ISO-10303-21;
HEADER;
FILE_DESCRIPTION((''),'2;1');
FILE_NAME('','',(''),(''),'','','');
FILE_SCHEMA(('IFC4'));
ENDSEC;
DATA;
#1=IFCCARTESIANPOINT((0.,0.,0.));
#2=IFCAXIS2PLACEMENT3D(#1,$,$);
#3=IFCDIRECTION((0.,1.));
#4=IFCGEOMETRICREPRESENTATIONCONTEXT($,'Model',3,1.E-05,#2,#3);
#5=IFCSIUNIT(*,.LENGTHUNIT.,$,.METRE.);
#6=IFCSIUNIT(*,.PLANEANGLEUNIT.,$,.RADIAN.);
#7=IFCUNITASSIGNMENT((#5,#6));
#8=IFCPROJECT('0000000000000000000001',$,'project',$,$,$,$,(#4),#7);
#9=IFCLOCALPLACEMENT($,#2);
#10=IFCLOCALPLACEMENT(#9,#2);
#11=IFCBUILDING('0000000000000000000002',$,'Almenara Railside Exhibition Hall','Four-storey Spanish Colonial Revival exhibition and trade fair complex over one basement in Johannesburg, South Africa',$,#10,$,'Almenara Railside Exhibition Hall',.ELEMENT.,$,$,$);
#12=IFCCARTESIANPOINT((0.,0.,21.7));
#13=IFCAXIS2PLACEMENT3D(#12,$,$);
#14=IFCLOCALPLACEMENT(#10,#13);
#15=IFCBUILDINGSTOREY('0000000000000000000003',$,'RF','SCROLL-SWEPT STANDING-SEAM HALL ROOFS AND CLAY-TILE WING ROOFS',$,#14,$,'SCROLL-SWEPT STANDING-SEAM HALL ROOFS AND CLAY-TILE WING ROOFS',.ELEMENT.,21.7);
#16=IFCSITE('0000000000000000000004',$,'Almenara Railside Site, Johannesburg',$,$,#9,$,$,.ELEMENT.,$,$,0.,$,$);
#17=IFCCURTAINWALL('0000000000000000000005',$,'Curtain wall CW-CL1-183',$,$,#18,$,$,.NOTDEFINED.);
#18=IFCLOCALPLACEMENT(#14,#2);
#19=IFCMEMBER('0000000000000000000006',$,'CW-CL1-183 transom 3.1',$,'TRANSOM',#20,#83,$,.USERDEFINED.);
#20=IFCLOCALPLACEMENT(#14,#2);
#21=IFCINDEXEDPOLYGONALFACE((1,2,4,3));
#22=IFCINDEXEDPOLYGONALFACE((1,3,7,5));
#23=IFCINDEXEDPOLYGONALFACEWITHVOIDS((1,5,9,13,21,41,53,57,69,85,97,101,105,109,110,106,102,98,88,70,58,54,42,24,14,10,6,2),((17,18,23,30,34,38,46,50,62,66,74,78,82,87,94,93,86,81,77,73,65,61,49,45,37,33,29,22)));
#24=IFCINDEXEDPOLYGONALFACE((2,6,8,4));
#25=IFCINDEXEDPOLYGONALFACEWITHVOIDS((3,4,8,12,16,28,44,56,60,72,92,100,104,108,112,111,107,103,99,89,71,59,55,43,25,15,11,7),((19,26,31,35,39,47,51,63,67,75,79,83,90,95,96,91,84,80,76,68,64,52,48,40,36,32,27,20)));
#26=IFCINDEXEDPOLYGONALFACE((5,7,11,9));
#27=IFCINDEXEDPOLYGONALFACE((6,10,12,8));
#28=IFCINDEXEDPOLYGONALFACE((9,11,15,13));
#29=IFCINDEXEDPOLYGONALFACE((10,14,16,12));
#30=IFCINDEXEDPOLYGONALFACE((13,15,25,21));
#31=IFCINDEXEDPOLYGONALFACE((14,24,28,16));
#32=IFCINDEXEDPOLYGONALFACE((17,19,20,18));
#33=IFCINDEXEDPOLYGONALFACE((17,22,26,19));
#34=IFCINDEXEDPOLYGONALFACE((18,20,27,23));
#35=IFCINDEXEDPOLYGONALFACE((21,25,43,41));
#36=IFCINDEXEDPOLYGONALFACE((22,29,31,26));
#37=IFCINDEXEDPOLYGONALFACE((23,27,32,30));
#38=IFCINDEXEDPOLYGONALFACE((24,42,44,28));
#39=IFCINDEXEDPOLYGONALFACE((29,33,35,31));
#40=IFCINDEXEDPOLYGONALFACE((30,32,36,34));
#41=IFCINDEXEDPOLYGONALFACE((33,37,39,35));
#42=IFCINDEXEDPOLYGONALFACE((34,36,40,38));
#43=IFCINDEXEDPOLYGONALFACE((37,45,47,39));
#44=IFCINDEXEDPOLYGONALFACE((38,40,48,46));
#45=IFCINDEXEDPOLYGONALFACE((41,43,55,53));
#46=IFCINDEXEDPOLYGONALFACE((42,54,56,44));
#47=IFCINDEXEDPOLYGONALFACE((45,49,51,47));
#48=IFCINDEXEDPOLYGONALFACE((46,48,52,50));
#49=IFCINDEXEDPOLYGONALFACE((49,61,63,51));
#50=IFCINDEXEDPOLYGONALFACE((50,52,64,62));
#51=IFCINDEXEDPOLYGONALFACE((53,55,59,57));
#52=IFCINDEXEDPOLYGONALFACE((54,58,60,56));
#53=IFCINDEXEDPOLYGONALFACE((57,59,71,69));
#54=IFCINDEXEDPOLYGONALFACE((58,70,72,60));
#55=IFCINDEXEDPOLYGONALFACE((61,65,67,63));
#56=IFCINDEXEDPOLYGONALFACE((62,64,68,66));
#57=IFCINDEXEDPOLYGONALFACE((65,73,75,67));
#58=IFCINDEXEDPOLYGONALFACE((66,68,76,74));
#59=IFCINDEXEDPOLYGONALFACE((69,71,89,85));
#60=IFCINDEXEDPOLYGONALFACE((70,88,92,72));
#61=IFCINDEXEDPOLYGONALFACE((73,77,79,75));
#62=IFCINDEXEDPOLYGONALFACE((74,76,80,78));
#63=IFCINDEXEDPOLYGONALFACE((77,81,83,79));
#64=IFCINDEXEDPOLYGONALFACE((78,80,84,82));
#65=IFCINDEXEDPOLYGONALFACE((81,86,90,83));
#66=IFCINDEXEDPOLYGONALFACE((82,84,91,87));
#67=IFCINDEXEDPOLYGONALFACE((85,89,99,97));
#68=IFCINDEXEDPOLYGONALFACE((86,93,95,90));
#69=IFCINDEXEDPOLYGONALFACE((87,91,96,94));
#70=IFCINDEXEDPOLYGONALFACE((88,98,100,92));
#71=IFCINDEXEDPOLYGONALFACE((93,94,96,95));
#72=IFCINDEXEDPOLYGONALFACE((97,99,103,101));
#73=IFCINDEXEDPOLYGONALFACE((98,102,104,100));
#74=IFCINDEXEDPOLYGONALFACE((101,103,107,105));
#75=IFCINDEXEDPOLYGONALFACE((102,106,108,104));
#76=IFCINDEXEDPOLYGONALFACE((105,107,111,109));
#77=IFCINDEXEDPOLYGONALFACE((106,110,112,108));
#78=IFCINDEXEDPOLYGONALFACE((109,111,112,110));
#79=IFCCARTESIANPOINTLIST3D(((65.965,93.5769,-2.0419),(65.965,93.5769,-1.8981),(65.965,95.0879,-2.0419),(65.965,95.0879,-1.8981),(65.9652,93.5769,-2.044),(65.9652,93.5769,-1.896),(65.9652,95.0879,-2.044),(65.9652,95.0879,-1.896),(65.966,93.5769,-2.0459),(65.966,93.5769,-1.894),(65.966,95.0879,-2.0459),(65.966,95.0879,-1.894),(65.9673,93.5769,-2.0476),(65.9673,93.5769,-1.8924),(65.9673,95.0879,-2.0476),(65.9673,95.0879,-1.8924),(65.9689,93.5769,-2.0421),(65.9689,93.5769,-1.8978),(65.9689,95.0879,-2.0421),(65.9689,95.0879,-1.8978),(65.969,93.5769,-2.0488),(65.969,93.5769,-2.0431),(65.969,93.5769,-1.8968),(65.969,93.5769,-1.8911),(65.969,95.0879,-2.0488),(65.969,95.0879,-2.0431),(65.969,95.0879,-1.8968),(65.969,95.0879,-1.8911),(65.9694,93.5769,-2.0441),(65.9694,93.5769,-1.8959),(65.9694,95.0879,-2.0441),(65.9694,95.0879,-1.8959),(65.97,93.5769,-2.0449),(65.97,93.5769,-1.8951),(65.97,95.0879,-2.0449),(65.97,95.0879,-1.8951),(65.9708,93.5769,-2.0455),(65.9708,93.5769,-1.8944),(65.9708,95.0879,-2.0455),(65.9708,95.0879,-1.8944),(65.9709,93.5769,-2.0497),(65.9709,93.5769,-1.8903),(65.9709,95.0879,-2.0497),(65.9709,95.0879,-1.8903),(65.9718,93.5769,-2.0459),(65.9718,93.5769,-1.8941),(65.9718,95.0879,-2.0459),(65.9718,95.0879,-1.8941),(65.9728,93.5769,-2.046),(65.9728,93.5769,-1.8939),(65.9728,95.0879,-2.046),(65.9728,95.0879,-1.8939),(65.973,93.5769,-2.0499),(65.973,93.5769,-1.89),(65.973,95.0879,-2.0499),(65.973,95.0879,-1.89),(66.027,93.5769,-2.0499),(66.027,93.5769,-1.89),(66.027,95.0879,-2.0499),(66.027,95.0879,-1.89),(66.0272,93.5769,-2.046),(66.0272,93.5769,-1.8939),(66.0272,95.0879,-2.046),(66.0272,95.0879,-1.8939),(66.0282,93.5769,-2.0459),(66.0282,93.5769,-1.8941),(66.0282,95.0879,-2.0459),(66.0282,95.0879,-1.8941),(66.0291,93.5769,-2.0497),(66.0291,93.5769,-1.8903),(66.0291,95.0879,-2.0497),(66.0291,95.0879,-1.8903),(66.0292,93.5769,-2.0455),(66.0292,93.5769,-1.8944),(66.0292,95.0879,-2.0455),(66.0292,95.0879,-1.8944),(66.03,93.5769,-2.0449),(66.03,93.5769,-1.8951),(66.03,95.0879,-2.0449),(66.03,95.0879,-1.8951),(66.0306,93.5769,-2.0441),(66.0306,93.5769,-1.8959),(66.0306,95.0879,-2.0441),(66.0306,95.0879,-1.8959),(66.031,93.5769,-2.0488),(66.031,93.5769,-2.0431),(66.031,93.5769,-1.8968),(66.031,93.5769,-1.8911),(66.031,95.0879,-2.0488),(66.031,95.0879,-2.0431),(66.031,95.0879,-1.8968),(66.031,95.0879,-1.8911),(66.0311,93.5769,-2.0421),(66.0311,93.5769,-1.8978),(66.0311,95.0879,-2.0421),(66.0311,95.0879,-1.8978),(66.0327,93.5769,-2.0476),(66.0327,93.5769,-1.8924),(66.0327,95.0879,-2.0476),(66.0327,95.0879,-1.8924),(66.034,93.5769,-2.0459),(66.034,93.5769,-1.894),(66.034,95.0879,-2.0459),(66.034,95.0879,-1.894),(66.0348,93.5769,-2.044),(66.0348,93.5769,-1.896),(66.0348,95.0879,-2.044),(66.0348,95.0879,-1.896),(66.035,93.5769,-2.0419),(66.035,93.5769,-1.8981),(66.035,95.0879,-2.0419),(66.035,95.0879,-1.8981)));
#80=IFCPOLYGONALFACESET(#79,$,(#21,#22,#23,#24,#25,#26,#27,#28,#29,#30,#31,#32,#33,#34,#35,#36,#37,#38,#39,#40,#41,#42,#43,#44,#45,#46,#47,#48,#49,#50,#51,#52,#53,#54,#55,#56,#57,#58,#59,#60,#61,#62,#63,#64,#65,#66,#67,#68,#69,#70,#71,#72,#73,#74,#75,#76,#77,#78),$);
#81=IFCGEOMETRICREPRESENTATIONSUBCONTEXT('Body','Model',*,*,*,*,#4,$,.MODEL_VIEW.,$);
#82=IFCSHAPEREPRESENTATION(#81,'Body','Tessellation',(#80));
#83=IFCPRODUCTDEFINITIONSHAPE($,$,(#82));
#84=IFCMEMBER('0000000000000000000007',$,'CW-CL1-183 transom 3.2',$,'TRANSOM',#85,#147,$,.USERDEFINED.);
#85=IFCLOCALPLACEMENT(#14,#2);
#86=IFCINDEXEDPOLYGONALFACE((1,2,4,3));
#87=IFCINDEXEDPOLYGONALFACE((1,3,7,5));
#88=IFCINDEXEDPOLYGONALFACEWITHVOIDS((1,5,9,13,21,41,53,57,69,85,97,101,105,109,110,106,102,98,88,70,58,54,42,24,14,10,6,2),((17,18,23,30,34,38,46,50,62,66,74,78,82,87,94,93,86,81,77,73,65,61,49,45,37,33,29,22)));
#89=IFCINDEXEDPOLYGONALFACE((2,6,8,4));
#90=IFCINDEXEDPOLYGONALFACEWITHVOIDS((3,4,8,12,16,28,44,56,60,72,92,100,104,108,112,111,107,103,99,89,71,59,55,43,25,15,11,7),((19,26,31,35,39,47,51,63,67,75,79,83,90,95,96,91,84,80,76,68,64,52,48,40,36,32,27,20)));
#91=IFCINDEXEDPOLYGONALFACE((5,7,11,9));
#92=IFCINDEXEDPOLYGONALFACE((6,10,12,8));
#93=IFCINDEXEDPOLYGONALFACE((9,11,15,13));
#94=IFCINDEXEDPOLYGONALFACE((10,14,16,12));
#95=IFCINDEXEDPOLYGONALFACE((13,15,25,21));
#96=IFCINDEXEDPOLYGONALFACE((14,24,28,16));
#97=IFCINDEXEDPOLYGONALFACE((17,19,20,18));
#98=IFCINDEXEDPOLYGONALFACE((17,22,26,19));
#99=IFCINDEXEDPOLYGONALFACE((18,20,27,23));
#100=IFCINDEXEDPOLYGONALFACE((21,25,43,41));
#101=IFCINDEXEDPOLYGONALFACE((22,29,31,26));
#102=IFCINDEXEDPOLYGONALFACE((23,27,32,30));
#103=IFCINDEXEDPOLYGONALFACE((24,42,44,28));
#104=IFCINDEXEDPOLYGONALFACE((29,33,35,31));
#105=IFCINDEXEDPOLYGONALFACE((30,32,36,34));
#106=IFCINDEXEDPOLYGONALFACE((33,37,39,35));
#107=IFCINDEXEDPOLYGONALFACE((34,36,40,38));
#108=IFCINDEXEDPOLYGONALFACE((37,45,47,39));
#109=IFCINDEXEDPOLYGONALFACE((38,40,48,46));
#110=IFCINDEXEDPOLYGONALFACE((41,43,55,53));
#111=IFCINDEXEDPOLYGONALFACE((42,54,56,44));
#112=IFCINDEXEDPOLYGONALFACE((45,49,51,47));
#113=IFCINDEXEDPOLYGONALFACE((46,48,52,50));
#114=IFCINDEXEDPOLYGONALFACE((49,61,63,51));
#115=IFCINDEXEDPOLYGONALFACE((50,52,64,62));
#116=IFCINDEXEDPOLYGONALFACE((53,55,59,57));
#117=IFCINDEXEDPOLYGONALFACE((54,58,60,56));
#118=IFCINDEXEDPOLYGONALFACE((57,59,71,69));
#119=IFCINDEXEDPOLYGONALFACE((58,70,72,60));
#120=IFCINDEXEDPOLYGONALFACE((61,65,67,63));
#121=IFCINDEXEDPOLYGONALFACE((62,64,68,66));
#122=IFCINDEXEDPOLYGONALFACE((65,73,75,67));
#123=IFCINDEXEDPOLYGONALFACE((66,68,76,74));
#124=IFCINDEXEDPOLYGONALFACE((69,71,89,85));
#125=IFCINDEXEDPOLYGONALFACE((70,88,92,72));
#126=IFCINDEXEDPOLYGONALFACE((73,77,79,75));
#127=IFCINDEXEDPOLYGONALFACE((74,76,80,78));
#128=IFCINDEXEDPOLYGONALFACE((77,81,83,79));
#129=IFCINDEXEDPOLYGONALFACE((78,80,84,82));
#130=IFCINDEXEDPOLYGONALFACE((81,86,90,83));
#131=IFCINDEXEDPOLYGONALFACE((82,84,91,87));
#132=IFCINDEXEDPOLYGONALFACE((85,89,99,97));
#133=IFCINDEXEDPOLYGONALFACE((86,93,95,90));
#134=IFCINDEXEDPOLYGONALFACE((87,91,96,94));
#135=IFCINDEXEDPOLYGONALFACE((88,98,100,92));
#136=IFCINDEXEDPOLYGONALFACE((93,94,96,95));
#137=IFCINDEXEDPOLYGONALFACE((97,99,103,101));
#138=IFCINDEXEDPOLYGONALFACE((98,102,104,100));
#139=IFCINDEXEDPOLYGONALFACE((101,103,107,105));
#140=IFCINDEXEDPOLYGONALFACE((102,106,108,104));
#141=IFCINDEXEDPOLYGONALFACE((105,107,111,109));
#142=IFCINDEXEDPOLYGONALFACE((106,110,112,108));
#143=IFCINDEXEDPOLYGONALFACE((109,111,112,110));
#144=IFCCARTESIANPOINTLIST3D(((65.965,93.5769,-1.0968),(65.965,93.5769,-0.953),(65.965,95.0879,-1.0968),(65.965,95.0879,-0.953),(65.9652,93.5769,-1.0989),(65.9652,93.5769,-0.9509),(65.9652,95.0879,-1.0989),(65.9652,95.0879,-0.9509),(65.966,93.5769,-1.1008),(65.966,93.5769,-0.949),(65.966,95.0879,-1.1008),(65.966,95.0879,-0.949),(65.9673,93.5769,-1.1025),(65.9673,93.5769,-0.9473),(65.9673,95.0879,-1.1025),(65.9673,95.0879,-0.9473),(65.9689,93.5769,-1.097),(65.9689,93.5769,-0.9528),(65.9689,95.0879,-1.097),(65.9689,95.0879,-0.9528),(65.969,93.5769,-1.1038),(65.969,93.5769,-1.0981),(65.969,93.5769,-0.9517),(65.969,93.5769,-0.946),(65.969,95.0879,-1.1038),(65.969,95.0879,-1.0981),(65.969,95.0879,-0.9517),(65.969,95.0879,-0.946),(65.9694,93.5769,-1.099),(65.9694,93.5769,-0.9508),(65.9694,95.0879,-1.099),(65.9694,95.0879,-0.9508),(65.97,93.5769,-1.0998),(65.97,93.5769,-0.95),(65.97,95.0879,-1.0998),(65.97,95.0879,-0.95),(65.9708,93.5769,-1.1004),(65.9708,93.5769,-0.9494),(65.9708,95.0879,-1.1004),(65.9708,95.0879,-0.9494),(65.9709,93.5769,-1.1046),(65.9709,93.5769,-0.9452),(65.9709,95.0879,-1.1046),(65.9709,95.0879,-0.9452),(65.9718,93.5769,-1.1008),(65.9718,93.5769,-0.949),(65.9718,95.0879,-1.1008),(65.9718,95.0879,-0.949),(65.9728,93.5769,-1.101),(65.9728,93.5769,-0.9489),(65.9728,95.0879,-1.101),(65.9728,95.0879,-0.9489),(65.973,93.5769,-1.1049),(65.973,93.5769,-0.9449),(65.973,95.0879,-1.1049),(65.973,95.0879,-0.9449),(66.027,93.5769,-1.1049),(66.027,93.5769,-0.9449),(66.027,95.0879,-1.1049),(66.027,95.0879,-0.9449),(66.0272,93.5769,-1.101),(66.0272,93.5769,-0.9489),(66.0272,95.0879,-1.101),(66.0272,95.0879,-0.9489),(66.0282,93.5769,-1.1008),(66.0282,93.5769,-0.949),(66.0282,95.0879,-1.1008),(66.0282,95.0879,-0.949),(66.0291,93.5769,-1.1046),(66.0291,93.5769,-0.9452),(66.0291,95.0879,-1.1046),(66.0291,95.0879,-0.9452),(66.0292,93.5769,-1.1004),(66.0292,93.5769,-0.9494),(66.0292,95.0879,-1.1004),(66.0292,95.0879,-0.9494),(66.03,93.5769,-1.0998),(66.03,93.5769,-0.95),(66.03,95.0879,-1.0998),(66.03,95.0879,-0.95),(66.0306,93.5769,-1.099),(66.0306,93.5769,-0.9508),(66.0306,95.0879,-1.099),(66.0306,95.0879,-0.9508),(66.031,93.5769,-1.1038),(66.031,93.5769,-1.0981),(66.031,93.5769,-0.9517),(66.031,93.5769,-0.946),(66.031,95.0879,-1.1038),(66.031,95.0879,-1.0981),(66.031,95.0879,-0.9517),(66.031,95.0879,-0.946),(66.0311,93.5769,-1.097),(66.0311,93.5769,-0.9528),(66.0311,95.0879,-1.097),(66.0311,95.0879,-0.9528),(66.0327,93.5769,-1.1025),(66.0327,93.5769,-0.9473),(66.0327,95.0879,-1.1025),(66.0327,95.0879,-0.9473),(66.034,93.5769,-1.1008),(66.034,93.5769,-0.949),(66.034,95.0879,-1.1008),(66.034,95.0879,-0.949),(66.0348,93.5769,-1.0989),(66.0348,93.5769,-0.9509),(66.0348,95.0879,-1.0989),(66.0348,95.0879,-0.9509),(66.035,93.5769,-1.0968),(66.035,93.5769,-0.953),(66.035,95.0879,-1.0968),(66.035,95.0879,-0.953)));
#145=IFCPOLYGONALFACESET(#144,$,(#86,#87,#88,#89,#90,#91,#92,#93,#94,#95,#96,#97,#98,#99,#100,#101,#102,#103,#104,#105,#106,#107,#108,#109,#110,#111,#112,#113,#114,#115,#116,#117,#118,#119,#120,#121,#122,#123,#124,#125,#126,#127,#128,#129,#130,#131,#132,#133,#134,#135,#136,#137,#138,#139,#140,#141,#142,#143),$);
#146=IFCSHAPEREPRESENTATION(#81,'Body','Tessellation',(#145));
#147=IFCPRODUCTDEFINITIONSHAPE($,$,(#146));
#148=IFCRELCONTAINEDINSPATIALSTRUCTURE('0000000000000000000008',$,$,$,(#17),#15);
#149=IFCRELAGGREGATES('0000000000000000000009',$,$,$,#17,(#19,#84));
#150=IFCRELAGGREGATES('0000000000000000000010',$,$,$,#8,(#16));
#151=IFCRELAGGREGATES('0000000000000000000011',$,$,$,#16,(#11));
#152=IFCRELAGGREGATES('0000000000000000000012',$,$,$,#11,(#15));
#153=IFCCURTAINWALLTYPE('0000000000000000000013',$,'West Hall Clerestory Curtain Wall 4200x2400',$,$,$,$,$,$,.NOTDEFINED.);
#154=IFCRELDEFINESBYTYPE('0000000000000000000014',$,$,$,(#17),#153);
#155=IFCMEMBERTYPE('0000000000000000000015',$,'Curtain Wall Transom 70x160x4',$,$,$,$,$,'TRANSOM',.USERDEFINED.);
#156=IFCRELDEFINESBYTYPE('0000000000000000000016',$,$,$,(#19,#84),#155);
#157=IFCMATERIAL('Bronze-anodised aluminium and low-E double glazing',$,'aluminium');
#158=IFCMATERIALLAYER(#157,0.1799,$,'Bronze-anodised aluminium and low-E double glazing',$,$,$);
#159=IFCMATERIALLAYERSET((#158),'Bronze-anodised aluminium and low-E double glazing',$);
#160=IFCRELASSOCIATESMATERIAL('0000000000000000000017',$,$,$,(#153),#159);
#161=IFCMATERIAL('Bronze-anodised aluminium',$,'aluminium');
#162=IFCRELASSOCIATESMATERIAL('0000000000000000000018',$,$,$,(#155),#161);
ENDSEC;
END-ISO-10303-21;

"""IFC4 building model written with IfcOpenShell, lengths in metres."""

from ifc_helpers import new_model, si_unit, direction, frame, origin, origin_2d, place, context, subcontext, project, spatial, hollow_rectangle, extrude, material, layer, layer_set, material_profile, profile_set, type_object, element, aggregate, save


model = new_model("IFC4")

# Units and contexts
model_context = context("Model", 3, precision=1e-05, world=origin(), true_north=direction((0.0, 1.0)))
body_context = subcontext(model_context, "Body", "Model", "MODEL_VIEW")
ifc_project = project(units=[si_unit("LENGTHUNIT", "METRE"), si_unit("PLANEANGLEUNIT", "RADIAN")], contexts=[model_context])

# Site, building, storey
site_placement = place(None, origin())
site = spatial("IfcSite", under=ifc_project, at=site_placement, Name="Almenara Railside Site, Johannesburg", CompositionType="ELEMENT", RefElevation=0.0)
building_placement = place(site_placement, origin())
building = spatial("IfcBuilding", under=site, at=building_placement, Name="Almenara Railside Exhibition Hall", Description="Four-storey Spanish Colonial Revival exhibition and trade fair complex over one basement in Johannesburg, South Africa", LongName="Almenara Railside Exhibition Hall", CompositionType="ELEMENT")
storey_placement = place(building_placement, frame((0.0, 0.0, 21.7)))
storey = spatial("IfcBuildingStorey", under=building, at=storey_placement, Name="RF", Description="SCROLL-SWEPT STANDING-SEAM HALL ROOFS AND CLAY-TILE WING ROOFS", LongName="SCROLL-SWEPT STANDING-SEAM HALL ROOFS AND CLAY-TILE WING ROOFS", CompositionType="ELEMENT", Elevation=21.7)

# Curtain wall
ifc_material_1 = material(Name="Bronze-anodised aluminium and low-E double glazing", Category="aluminium")
ifc_layer_1 = layer(ifc_material_1, 0.1799, Name="Bronze-anodised aluminium and low-E double glazing")
ifc_layer_set_1 = layer_set([ifc_layer_1], Name="Bronze-anodised aluminium and low-E double glazing")
curtain_wall_type = type_object("IfcCurtainWallType", Name="West Hall Clerestory Curtain Wall 4200x2400", PredefinedType="NOTDEFINED", material=ifc_layer_set_1)
ifc_material_2 = material(Name="Bronze-anodised aluminium", Category="aluminium")
curtain_wall_1_placement = place(storey_placement, origin())
curtain_wall_1 = element("IfcCurtainWall", 1, at=curtain_wall_1_placement, inside=storey, type_object=curtain_wall_type, Name="Curtain wall CW-CL1-183", PredefinedType="NOTDEFINED")

# Members
ifc_material_profile_1 = material_profile(ifc_material_2, hollow_rectangle(XDim=0.0701, YDim=0.1599, WallThickness=0.0039, InnerFilletRadius=0.0039, OuterFilletRadius=0.0081, at=origin_2d()), Name="ALU-TRN 70x160x4")
ifc_profile_set_1 = profile_set([ifc_material_profile_1], Name="Bronze-anodised aluminium")
member_type_1 = type_object("IfcMemberType", Name="Curtain Wall Transom 70x160x4", ElementType="TRANSOM", PredefinedType="USERDEFINED", material=ifc_profile_set_1)
member_1_placement = place(storey_placement, frame((66.0, 93.5769, -1.97), z_axis=(0.0, 1.0, 0.0), x_axis=(-1.0, 0.0, 0.0)))
member_1 = element("IfcMember", 2, at=member_1_placement, type_object=member_type_1, Name="CW-CL1-183 transom 3.1", ObjectType="TRANSOM", PredefinedType="USERDEFINED", context=body_context, shape_type="SweptSolid", body=[
    extrude(hollow_rectangle(XDim=0.0701, YDim=0.1599, WallThickness=0.0039, InnerFilletRadius=0.0039, OuterFilletRadius=0.0081, at=origin_2d()), origin(), (0.0, 0.0, 1.0), 1.511),
])
member_2_placement = place(storey_placement, frame((66.0, 93.5769, -1.0249), z_axis=(0.0, 1.0, 0.0), x_axis=(-1.0, 0.0, 0.0)))
member_2 = element("IfcMember", 3, at=member_2_placement, type_object=member_type_1, Name="CW-CL1-183 transom 3.2", ObjectType="TRANSOM", PredefinedType="USERDEFINED", context=body_context, shape_type="SweptSolid", body=[
    extrude(hollow_rectangle(XDim=0.0701, YDim=0.1599, WallThickness=0.0039, InnerFilletRadius=0.0039, OuterFilletRadius=0.0081, at=origin_2d()), origin(), (0.0, 0.0, 1.0), 1.511),
])

aggregate(curtain_wall_1, [member_1, member_2])

save(model, "model.ifc")
